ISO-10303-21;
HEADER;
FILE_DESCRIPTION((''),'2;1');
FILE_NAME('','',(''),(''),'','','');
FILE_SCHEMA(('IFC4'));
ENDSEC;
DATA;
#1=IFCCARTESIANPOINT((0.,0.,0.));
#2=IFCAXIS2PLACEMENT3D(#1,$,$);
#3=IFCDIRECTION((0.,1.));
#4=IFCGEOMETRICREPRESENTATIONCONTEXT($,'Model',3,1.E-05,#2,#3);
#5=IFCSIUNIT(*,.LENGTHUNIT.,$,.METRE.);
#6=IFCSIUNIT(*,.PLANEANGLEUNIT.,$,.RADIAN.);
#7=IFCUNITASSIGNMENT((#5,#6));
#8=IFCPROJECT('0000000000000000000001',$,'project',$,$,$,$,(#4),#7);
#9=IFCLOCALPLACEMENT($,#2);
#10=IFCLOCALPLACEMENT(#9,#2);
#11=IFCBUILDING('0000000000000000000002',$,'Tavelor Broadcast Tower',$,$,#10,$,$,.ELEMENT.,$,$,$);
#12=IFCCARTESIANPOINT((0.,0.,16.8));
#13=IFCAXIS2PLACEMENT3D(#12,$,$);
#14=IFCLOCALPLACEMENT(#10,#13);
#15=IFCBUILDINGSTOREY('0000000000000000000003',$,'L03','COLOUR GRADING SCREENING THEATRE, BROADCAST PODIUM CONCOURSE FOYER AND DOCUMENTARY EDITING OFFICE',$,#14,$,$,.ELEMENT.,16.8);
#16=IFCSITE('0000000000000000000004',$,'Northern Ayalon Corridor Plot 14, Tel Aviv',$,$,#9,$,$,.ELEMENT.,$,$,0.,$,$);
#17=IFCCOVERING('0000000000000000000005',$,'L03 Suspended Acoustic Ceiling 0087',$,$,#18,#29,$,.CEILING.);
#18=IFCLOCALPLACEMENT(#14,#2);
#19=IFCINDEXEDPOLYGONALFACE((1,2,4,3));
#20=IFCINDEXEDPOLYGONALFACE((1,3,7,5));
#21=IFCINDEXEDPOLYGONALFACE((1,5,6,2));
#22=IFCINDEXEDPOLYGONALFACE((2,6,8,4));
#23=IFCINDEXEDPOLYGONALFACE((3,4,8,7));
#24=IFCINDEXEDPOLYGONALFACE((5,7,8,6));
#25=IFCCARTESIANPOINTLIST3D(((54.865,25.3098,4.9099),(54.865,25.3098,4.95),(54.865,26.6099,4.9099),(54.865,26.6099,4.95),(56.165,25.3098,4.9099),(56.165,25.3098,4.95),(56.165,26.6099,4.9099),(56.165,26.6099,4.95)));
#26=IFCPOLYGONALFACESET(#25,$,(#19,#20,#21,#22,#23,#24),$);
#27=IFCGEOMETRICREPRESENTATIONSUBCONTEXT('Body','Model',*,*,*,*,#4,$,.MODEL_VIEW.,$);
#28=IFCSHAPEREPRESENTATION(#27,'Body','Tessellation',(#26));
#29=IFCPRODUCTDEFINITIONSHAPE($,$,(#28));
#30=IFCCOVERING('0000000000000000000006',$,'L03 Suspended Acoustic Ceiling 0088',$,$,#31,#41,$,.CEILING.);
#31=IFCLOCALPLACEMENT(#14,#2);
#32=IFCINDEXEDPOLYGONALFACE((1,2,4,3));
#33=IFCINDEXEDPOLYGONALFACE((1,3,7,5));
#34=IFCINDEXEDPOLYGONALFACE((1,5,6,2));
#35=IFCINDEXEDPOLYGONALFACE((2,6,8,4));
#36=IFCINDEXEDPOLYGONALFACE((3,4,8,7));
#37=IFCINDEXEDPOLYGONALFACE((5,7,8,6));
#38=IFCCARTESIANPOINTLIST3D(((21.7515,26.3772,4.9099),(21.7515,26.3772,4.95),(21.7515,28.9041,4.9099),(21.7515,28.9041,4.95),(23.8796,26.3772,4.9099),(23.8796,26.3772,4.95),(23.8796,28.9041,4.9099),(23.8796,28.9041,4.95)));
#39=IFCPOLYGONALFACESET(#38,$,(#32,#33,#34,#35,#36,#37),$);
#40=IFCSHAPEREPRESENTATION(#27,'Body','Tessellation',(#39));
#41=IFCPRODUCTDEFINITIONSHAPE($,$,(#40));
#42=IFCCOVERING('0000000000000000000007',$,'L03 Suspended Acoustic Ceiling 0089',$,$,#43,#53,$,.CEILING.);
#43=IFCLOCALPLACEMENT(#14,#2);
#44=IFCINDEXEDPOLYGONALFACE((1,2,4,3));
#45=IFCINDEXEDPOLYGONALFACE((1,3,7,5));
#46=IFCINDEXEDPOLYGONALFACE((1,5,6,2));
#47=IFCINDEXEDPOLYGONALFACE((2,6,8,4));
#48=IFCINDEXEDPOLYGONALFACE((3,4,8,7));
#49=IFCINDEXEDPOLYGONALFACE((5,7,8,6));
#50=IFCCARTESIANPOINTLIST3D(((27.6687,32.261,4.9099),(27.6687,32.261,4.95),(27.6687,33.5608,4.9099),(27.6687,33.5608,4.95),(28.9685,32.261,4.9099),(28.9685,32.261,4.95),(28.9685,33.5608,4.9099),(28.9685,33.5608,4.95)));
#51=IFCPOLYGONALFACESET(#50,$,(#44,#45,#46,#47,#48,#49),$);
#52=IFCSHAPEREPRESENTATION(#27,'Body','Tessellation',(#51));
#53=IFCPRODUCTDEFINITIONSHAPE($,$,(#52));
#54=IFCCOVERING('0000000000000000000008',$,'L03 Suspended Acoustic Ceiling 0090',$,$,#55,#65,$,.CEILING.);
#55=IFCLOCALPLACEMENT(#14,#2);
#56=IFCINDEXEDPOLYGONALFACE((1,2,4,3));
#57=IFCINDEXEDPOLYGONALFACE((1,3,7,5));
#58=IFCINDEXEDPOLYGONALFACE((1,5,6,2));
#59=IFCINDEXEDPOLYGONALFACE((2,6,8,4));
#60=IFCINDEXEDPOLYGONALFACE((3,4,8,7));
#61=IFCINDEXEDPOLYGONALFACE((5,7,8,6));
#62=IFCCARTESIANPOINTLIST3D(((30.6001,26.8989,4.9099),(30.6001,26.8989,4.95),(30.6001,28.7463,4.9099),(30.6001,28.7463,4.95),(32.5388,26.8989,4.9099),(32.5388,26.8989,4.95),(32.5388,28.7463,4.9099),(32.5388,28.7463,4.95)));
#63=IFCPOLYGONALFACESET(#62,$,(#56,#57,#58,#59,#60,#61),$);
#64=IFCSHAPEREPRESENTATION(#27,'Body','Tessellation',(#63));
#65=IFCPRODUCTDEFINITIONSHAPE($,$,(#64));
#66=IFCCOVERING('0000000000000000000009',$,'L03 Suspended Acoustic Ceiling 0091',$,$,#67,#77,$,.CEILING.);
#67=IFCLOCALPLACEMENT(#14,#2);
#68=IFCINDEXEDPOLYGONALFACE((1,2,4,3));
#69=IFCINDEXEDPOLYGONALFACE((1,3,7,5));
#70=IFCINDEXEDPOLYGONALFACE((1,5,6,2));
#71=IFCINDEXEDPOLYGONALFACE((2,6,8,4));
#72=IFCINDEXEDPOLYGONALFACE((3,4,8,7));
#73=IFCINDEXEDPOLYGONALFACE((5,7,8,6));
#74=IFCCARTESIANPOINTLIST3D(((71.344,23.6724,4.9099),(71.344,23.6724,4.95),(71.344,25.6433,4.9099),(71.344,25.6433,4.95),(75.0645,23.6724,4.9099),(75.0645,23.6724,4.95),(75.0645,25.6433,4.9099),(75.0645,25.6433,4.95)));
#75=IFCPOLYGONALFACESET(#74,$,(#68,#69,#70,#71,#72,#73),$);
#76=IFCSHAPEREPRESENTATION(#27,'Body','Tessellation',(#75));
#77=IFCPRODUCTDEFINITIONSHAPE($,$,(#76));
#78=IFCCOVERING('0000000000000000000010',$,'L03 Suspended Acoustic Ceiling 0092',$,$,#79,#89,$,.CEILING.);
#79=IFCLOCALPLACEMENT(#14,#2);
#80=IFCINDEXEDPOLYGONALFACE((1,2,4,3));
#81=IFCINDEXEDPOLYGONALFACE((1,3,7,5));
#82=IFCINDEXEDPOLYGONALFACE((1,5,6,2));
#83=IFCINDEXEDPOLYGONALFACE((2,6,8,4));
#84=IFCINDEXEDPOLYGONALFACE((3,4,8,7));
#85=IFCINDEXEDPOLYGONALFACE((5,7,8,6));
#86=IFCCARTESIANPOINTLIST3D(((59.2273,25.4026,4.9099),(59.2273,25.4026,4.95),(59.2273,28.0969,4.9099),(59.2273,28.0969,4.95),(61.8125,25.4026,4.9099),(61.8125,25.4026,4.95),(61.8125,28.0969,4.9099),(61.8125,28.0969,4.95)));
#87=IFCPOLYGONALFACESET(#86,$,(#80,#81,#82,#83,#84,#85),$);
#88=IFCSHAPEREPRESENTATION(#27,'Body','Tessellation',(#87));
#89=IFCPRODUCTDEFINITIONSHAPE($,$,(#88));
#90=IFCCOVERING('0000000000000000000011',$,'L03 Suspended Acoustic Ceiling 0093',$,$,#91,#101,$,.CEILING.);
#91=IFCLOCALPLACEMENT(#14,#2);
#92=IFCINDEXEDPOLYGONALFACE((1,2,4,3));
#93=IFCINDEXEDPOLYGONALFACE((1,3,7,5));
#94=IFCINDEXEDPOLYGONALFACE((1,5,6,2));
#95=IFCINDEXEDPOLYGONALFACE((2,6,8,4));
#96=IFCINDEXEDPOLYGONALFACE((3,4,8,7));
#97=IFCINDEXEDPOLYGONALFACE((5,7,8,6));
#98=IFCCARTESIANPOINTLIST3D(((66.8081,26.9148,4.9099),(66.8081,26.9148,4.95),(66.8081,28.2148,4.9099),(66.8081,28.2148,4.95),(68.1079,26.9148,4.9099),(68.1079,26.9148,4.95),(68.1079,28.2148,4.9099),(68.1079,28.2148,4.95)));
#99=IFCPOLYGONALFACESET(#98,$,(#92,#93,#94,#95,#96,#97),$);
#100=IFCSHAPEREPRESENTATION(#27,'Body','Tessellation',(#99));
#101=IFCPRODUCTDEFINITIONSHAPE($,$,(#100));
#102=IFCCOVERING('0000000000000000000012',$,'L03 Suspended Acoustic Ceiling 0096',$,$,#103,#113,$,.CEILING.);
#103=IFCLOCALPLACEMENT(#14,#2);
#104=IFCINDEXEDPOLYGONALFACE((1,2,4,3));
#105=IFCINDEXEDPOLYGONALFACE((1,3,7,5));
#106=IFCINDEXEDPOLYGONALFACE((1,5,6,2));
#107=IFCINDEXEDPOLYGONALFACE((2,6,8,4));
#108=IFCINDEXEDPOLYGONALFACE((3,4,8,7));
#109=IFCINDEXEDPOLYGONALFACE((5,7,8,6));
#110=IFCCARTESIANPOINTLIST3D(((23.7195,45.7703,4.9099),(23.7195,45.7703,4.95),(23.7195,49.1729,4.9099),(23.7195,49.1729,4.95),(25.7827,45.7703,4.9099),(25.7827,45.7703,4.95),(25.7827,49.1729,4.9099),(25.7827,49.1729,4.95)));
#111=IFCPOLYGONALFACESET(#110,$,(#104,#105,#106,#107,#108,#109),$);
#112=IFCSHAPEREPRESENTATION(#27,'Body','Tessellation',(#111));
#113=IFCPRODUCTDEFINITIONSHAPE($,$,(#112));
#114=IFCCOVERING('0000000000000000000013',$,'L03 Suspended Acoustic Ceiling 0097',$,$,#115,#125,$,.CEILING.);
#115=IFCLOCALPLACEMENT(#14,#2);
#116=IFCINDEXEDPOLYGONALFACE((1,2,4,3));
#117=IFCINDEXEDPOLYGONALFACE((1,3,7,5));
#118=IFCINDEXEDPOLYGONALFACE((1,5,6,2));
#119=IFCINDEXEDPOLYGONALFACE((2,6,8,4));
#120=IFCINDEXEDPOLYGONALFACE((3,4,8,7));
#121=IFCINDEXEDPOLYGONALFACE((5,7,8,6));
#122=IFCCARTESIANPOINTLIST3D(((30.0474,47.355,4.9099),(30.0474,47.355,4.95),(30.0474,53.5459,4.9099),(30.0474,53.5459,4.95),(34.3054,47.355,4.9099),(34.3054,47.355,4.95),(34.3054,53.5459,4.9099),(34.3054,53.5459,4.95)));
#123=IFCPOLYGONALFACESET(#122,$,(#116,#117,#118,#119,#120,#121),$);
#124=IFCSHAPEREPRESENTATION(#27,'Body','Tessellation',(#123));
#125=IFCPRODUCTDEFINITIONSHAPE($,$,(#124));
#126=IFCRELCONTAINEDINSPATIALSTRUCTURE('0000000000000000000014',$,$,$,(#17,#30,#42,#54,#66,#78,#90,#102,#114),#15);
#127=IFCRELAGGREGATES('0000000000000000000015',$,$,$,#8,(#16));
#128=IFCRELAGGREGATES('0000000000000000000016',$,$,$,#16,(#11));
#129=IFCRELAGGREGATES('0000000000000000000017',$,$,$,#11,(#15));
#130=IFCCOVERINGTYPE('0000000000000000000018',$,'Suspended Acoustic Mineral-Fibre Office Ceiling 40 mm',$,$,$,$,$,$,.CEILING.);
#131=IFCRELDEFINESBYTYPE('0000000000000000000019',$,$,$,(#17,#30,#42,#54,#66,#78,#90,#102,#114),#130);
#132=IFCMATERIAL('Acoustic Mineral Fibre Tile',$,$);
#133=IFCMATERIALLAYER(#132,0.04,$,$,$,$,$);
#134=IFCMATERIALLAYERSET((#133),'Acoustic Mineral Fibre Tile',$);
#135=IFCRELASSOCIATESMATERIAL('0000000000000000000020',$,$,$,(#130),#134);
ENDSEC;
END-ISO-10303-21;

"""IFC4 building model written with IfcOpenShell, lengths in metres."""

from ifc_helpers import new_model, si_unit, direction, frame, origin, place, context, subcontext, project, spatial, polyline, outline, extrude, material, layer, layer_set, type_object, element, save


model = new_model("IFC4")

# Units and contexts
model_context = context("Model", 3, precision=1e-05, world=origin(), true_north=direction((0.0, 1.0)))
body_context = subcontext(model_context, "Body", "Model", "MODEL_VIEW")
ifc_project = project(units=[si_unit("LENGTHUNIT", "METRE"), si_unit("PLANEANGLEUNIT", "RADIAN")], contexts=[model_context])

# Site, building, storey
site_placement = place(None, origin())
site = spatial("IfcSite", under=ifc_project, at=site_placement, Name="Northern Ayalon Corridor Plot 14, Tel Aviv", CompositionType="ELEMENT", RefElevation=0.0)
building_placement = place(site_placement, origin())
building = spatial("IfcBuilding", under=site, at=building_placement, Name="Tavelor Broadcast Tower", CompositionType="ELEMENT")
storey_placement = place(building_placement, frame((0.0, 0.0, 16.8)))
storey = spatial("IfcBuildingStorey", under=building, at=storey_placement, Name="L03", Description="COLOUR GRADING SCREENING THEATRE, BROADCAST PODIUM CONCOURSE FOYER AND DOCUMENTARY EDITING OFFICE", CompositionType="ELEMENT", Elevation=16.8)

# Coverings
ifc_material_1 = material(Name="Acoustic Mineral Fibre Tile")
ifc_layer_1 = layer(ifc_material_1, 0.04)
ifc_layer_set_1 = layer_set([ifc_layer_1], Name="Acoustic Mineral Fibre Tile")
covering_type_1 = type_object("IfcCoveringType", Name="Suspended Acoustic Mineral-Fibre Office Ceiling 40 mm", PredefinedType="CEILING", material=ifc_layer_set_1)
covering_1_placement = place(storey_placement, frame((0.0, 0.0, 4.9099)))
element("IfcCovering", 1, at=covering_1_placement, inside=storey, type_object=covering_type_1, Name="L03 Suspended Acoustic Ceiling 0087", PredefinedType="CEILING", context=body_context, shape_type="SweptSolid", body=[
    extrude(outline(polyline([(54.865, 25.3098), (56.165, 25.3098), (56.165, 26.6099), (54.865, 26.6099), (54.865, 25.3098)])), origin(), (0.0, 0.0, 1.0), 0.04),
])
covering_2_placement = place(storey_placement, frame((0.0, 0.0, 4.9099)))
element("IfcCovering", 2, at=covering_2_placement, inside=storey, type_object=covering_type_1, Name="L03 Suspended Acoustic Ceiling 0088", PredefinedType="CEILING", context=body_context, shape_type="SweptSolid", body=[
    extrude(outline(polyline([(21.7515, 26.3772), (23.8796, 26.3772), (23.8796, 28.9041), (21.7515, 28.9041), (21.7515, 26.3772)])), origin(), (0.0, 0.0, 1.0), 0.04),
])
covering_3_placement = place(storey_placement, frame((0.0, 0.0, 4.9099)))
element("IfcCovering", 3, at=covering_3_placement, inside=storey, type_object=covering_type_1, Name="L03 Suspended Acoustic Ceiling 0089", PredefinedType="CEILING", context=body_context, shape_type="SweptSolid", body=[
    extrude(outline(polyline([(27.6687, 32.261), (28.9685, 32.261), (28.9685, 33.5608), (27.6687, 33.5608), (27.6687, 32.261)])), origin(), (0.0, 0.0, 1.0), 0.04),
])
covering_4_placement = place(storey_placement, frame((0.0, 0.0, 4.9099)))
element("IfcCovering", 4, at=covering_4_placement, inside=storey, type_object=covering_type_1, Name="L03 Suspended Acoustic Ceiling 0090", PredefinedType="CEILING", context=body_context, shape_type="SweptSolid", body=[
    extrude(outline(polyline([(30.6001, 26.8989), (32.5388, 26.8989), (32.5388, 28.7463), (30.6001, 28.7463), (30.6001, 26.8989)])), origin(), (0.0, 0.0, 1.0), 0.04),
])
covering_5_placement = place(storey_placement, frame((0.0, 0.0, 4.9099)))
element("IfcCovering", 5, at=covering_5_placement, inside=storey, type_object=covering_type_1, Name="L03 Suspended Acoustic Ceiling 0091", PredefinedType="CEILING", context=body_context, shape_type="SweptSolid", body=[
    extrude(outline(polyline([(71.344, 23.6724), (75.0645, 23.6724), (75.0645, 25.6433), (71.344, 25.6433), (71.344, 23.6724)])), origin(), (0.0, 0.0, 1.0), 0.04),
])
covering_6_placement = place(storey_placement, frame((0.0, 0.0, 4.9099)))
element("IfcCovering", 6, at=covering_6_placement, inside=storey, type_object=covering_type_1, Name="L03 Suspended Acoustic Ceiling 0092", PredefinedType="CEILING", context=body_context, shape_type="SweptSolid", body=[
    extrude(outline(polyline([(59.2273, 25.4026), (61.8125, 25.4026), (61.8125, 28.0969), (59.2273, 28.0969), (59.2273, 25.4026)])), origin(), (0.0, 0.0, 1.0), 0.04),
])
covering_7_placement = place(storey_placement, frame((0.0, 0.0, 4.9099)))
element("IfcCovering", 7, at=covering_7_placement, inside=storey, type_object=covering_type_1, Name="L03 Suspended Acoustic Ceiling 0093", PredefinedType="CEILING", context=body_context, shape_type="SweptSolid", body=[
    extrude(outline(polyline([(66.8081, 26.9148), (68.1079, 26.9148), (68.1079, 28.2148), (66.8081, 28.2148), (66.8081, 26.9148)])), origin(), (0.0, 0.0, 1.0), 0.04),
])
covering_8_placement = place(storey_placement, frame((0.0, 0.0, 4.9099)))
element("IfcCovering", 8, at=covering_8_placement, inside=storey, type_object=covering_type_1, Name="L03 Suspended Acoustic Ceiling 0096", PredefinedType="CEILING", context=body_context, shape_type="SweptSolid", body=[
    extrude(outline(polyline([(23.7195, 45.7703), (25.7827, 45.7703), (25.7827, 49.1729), (23.7195, 49.1729), (23.7195, 45.7703)])), origin(), (0.0, 0.0, 1.0), 0.04),
])
covering_9_placement = place(storey_placement, frame((0.0, 0.0, 4.9099)))
element("IfcCovering", 9, at=covering_9_placement, inside=storey, type_object=covering_type_1, Name="L03 Suspended Acoustic Ceiling 0097", PredefinedType="CEILING", context=body_context, shape_type="SweptSolid", body=[
    extrude(outline(polyline([(30.0474, 47.355), (34.3054, 47.355), (34.3054, 53.5459), (30.0474, 53.5459), (30.0474, 47.355)])), origin(), (0.0, 0.0, 1.0), 0.04),
])

save(model, "model.ifc")
